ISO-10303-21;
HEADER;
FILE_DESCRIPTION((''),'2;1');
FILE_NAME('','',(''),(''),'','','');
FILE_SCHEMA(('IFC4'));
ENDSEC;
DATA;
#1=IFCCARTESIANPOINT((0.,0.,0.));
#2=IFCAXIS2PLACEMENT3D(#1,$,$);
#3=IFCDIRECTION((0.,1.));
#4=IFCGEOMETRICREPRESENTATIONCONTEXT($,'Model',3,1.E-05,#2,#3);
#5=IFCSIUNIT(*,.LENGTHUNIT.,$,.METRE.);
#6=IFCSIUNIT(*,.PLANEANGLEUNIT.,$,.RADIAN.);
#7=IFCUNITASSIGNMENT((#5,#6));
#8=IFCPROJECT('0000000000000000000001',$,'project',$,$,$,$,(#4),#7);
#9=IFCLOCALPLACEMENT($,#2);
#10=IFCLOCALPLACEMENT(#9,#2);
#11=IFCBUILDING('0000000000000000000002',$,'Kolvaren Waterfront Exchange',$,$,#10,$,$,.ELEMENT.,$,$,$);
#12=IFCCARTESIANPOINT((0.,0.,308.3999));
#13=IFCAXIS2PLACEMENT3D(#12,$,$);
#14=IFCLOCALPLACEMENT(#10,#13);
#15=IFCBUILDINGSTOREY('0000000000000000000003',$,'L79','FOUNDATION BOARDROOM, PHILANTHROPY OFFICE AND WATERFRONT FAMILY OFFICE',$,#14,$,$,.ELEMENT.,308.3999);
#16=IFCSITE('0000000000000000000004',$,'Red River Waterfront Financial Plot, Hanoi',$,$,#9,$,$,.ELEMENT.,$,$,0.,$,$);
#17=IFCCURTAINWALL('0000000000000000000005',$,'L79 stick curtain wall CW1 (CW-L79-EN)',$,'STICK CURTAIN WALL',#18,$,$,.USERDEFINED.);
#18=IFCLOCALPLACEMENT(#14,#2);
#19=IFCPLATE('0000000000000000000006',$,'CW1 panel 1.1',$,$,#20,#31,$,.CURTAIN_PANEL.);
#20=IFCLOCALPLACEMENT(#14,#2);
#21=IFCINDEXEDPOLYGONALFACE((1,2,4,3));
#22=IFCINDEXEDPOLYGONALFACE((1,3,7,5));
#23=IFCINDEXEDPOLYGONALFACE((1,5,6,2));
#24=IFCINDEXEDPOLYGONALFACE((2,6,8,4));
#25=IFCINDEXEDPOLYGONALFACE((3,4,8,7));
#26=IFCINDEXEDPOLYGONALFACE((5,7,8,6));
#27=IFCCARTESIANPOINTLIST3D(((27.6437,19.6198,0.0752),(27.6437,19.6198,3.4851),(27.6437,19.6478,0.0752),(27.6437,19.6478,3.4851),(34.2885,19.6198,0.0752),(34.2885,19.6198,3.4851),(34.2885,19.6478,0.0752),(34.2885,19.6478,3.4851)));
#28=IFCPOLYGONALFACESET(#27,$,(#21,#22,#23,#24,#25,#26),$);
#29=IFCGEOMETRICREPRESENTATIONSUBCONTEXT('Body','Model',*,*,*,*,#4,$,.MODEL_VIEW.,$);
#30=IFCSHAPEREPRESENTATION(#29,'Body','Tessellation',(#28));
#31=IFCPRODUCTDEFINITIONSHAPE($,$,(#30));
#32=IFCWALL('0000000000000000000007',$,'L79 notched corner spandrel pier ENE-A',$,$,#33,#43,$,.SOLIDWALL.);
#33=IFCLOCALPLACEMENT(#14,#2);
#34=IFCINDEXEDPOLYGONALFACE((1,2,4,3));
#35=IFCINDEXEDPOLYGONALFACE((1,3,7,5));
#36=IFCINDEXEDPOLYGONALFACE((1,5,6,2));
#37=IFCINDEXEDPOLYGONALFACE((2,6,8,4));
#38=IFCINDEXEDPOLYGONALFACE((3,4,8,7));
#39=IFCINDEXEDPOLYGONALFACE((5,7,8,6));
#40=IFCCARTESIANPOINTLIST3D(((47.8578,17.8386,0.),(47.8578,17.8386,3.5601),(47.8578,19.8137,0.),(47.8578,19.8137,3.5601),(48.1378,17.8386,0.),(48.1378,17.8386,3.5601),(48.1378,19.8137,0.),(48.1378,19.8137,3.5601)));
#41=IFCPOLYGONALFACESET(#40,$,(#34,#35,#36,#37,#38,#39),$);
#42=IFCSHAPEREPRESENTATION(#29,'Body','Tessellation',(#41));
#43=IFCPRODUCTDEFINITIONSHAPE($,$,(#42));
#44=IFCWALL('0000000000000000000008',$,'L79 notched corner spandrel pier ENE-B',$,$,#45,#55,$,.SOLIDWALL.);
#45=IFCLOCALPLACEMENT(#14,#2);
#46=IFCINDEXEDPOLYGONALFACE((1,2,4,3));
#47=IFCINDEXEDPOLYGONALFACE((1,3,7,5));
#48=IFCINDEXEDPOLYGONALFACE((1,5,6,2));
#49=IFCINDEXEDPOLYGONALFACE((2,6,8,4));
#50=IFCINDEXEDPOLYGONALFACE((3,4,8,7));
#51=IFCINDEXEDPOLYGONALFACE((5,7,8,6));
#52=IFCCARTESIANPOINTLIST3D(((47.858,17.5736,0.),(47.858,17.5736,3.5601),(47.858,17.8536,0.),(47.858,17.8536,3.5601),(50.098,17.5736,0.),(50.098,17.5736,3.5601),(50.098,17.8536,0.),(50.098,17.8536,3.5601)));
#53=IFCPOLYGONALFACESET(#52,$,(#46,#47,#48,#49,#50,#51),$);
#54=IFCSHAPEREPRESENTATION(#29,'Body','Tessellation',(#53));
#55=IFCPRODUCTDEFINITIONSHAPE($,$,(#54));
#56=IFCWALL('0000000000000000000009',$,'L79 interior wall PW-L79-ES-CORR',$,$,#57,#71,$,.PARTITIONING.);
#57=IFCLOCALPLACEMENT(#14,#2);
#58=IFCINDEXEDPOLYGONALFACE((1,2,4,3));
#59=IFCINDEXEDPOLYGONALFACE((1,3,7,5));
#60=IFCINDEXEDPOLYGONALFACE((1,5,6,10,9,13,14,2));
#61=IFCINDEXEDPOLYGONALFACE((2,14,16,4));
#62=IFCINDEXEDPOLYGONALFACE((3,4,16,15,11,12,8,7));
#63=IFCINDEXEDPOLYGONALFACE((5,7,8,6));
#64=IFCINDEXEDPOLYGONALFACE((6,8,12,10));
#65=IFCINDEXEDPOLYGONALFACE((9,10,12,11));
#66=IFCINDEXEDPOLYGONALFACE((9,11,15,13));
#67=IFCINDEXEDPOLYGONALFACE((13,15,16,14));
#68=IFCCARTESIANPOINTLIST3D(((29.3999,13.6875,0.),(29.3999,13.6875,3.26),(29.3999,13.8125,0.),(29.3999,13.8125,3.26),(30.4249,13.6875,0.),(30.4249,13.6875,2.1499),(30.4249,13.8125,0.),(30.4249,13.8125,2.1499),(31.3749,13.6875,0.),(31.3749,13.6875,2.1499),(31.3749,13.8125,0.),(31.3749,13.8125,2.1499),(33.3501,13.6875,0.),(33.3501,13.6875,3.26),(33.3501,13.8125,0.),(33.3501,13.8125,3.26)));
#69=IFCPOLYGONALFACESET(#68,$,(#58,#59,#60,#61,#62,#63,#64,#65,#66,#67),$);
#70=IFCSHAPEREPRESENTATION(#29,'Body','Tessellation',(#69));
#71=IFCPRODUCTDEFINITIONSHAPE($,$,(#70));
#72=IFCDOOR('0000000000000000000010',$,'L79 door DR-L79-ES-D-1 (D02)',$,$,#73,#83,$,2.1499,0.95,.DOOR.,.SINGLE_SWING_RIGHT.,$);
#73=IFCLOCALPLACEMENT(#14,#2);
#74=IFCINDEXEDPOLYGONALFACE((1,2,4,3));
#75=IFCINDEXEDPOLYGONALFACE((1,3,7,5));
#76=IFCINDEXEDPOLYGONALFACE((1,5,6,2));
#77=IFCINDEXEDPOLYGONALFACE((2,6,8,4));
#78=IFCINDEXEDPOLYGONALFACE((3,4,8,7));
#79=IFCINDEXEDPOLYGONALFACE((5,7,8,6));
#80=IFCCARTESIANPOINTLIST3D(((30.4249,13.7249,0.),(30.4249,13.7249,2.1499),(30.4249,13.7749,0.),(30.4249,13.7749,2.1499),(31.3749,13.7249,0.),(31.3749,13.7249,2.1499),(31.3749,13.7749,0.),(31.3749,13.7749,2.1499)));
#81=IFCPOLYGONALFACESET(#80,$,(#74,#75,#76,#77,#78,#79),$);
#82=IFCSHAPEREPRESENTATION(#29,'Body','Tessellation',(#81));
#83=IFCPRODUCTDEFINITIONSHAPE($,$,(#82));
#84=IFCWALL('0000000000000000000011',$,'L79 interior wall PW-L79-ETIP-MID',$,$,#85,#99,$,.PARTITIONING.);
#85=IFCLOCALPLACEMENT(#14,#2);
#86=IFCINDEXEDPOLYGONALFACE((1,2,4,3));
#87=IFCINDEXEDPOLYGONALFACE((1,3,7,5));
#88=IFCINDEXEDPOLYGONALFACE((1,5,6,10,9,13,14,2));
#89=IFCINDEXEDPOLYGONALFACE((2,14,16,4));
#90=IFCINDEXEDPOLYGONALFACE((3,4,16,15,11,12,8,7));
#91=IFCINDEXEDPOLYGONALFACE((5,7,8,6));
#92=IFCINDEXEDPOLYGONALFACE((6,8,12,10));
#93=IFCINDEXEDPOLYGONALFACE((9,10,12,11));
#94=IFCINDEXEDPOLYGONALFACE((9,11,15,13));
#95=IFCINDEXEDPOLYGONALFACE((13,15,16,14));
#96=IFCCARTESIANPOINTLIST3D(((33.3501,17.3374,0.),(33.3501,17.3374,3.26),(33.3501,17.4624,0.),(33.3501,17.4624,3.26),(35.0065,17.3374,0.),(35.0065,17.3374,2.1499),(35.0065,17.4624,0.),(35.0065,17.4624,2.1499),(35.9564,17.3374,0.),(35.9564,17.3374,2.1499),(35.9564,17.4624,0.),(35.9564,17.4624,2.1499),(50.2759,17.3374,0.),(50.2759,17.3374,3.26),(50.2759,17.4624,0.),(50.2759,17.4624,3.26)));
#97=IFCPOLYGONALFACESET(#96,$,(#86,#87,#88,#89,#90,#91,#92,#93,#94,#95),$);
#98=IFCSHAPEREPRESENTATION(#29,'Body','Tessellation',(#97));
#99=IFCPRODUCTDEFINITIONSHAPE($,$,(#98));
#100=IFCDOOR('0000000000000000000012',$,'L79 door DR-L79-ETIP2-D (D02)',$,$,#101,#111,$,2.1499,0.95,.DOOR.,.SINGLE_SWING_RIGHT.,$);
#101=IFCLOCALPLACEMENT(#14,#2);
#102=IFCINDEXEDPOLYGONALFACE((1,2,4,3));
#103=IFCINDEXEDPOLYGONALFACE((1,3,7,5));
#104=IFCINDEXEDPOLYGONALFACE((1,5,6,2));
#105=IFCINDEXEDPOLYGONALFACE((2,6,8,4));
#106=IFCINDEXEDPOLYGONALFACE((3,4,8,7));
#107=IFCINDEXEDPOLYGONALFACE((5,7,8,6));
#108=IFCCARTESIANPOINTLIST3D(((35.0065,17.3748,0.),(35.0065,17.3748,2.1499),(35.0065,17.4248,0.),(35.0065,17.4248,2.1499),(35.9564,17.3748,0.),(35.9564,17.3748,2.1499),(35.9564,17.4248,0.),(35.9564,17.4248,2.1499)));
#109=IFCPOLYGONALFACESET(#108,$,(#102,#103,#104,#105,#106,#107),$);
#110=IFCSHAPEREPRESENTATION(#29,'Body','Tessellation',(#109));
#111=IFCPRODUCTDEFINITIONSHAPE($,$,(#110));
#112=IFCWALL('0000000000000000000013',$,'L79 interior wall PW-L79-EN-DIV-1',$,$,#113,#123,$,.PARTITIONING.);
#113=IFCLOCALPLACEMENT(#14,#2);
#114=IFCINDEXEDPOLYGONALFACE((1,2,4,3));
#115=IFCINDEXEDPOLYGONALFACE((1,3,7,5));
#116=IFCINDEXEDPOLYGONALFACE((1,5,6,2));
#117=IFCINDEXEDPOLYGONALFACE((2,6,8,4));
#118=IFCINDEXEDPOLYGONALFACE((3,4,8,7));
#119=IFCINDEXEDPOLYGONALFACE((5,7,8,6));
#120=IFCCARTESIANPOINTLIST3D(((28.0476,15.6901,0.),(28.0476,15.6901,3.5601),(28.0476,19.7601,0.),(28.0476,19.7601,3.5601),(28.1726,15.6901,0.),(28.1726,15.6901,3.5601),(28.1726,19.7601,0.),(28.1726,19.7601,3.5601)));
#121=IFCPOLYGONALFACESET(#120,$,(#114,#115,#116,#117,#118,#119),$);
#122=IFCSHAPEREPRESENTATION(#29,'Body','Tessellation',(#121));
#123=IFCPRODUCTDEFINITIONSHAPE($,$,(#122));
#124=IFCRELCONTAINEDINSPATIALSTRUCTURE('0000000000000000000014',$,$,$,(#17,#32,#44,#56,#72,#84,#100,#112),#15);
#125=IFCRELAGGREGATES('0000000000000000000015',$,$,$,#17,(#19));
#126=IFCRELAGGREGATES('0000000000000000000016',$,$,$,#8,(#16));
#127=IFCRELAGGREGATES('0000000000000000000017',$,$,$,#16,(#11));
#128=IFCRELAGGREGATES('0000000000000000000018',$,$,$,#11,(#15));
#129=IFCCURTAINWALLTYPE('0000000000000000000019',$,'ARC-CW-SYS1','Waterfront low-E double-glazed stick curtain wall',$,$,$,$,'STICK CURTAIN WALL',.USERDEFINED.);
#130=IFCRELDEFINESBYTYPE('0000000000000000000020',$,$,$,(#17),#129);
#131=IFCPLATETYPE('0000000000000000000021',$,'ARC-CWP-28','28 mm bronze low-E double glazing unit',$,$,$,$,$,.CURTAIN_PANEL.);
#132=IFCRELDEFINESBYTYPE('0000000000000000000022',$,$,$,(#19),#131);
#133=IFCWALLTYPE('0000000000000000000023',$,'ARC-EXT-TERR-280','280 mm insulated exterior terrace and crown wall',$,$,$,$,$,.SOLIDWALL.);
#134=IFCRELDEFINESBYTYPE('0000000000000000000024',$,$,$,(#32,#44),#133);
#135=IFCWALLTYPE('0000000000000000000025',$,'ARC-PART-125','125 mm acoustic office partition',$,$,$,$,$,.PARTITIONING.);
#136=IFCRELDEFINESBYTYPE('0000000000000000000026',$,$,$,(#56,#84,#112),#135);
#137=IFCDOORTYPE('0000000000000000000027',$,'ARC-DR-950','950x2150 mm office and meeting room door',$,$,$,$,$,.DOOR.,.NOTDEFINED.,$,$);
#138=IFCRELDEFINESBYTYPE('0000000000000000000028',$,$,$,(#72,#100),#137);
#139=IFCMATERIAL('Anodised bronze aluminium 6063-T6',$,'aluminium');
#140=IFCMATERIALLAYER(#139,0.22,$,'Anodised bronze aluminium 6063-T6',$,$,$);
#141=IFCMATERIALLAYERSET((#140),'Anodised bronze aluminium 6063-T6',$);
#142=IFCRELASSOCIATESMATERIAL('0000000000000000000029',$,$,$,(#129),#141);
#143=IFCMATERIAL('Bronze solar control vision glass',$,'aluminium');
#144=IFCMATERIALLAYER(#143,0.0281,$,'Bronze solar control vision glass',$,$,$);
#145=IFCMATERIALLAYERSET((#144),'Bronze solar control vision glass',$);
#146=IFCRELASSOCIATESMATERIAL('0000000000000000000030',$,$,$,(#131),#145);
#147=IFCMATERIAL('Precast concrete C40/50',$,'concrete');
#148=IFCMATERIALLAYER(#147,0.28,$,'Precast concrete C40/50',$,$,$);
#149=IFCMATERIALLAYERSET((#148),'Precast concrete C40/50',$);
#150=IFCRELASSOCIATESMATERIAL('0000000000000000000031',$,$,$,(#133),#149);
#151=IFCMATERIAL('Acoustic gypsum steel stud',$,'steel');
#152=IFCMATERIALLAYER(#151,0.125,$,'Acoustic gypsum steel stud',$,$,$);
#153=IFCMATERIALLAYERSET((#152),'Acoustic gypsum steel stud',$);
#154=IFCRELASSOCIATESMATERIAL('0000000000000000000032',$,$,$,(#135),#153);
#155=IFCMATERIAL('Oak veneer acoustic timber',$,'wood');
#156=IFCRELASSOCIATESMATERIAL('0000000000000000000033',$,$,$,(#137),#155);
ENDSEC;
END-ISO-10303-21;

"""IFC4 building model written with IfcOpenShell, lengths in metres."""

from ifc_helpers import new_model, si_unit, direction, frame, frame_2d, origin, origin_with_axes, origin_2d, place, context, subcontext, project, spatial, rectangle, extrude, source, transform, mapped, material, layer, layer_set, type_object, element, fill, aggregate, save


model = new_model("IFC4")

# Units and contexts
model_context = context("Model", 3, precision=1e-05, world=origin(), true_north=direction((0.0, 1.0)))
body_context = subcontext(model_context, "Body", "Model", "MODEL_VIEW")
ifc_project = project(units=[si_unit("LENGTHUNIT", "METRE"), si_unit("PLANEANGLEUNIT", "RADIAN")], contexts=[model_context])

# Site, building, storey
site_placement = place(None, origin())
site = spatial("IfcSite", under=ifc_project, at=site_placement, Name="Red River Waterfront Financial Plot, Hanoi", CompositionType="ELEMENT", RefElevation=0.0)
building_placement = place(site_placement, origin())
building = spatial("IfcBuilding", under=site, at=building_placement, Name="Kolvaren Waterfront Exchange", CompositionType="ELEMENT")
storey_placement = place(building_placement, frame((0.0, 0.0, 308.3999)))
storey = spatial("IfcBuildingStorey", under=building, at=storey_placement, Name="L79", Description="FOUNDATION BOARDROOM, PHILANTHROPY OFFICE AND WATERFRONT FAMILY OFFICE", CompositionType="ELEMENT", Elevation=308.3999)

# Curtain wall, plate
ifc_material_1 = material(Name="Anodised bronze aluminium 6063-T6", Category="aluminium")
ifc_layer_1 = layer(ifc_material_1, 0.22, Name="Anodised bronze aluminium 6063-T6")
ifc_layer_set_1 = layer_set([ifc_layer_1], Name="Anodised bronze aluminium 6063-T6")
curtain_wall_type = type_object("IfcCurtainWallType", Name="ARC-CW-SYS1", Description="Waterfront low-E double-glazed stick curtain wall", ElementType="STICK CURTAIN WALL", PredefinedType="USERDEFINED", material=ifc_layer_set_1)
curtain_wall_placement = place(storey_placement, origin())
curtain_wall = element("IfcCurtainWall", 1, at=curtain_wall_placement, inside=storey, type_object=curtain_wall_type, Name="L79 stick curtain wall CW1 (CW-L79-EN)", ObjectType="STICK CURTAIN WALL", PredefinedType="USERDEFINED")
ifc_material_2 = material(Name="Bronze solar control vision glass", Category="aluminium")
ifc_layer_2 = layer(ifc_material_2, 0.0281, Name="Bronze solar control vision glass")
ifc_layer_set_2 = layer_set([ifc_layer_2], Name="Bronze solar control vision glass")
plate_type = type_object("IfcPlateType", Name="ARC-CWP-28", Description="28 mm bronze low-E double glazing unit", PredefinedType="CURTAIN_PANEL", material=ifc_layer_set_2)
shared_shape_1 = source(origin_with_axes(), body_context, "Body", "SweptSolid", [
    extrude(rectangle(XDim=6.6448, YDim=0.0281, at=origin_2d()), origin(), (0.0, 0.0, 1.0), 3.4099),
])
plate_placement = place(storey_placement, frame((30.9661, 19.6338, 0.0752), z_axis=(0.0, 0.0, 1.0), x_axis=(1.0, 0.0, 0.0)))
plate = element("IfcPlate", 2, at=plate_placement, type_object=plate_type, Name="CW1 panel 1.1", PredefinedType="CURTAIN_PANEL", context=body_context, shape_type="MappedRepresentation", body=[
    mapped(shared_shape_1, transform((0.0, 0.0, 0.0), x_axis=(1.0, 0.0, 0.0), y_axis=(0.0, 1.0, 0.0), z_axis=(0.0, 0.0, 1.0), scale=1.0)),
])
aggregate(curtain_wall, [plate])

# Walls
ifc_material_3 = material(Name="Precast concrete C40/50", Category="concrete")
ifc_layer_3 = layer(ifc_material_3, 0.28, Name="Precast concrete C40/50")
ifc_layer_set_3 = layer_set([ifc_layer_3], Name="Precast concrete C40/50")
wall_type_1 = type_object("IfcWallType", Name="ARC-EXT-TERR-280", Description="280 mm insulated exterior terrace and crown wall", PredefinedType="SOLIDWALL", material=ifc_layer_set_3)
wall_1_placement = place(storey_placement, frame((47.9978, 17.8386, 0.0), z_axis=(0.0, 0.0, 1.0), x_axis=(0.0, 1.0, 0.0)))
element("IfcWall", 3, at=wall_1_placement, inside=storey, type_object=wall_type_1, Name="L79 notched corner spandrel pier ENE-A", PredefinedType="SOLIDWALL", context=body_context, shape_type="SweptSolid", body=[
    extrude(rectangle(XDim=1.9751, YDim=0.28, at=frame_2d((0.9875, 0.0))), origin(), (0.0, 0.0, 1.0), 3.5601),
])
wall_2_placement = place(storey_placement, frame((47.8579, 17.7136, 0.0), z_axis=(0.0, 0.0, 1.0), x_axis=(1.0, 0.0, 0.0)))
element("IfcWall", 4, at=wall_2_placement, inside=storey, type_object=wall_type_1, Name="L79 notched corner spandrel pier ENE-B", PredefinedType="SOLIDWALL", context=body_context, shape_type="SweptSolid", body=[
    extrude(rectangle(XDim=2.24, YDim=0.28, at=frame_2d((1.1201, 0.0))), origin(), (0.0, 0.0, 1.0), 3.5601),
])

# Walls, openings, doors
ifc_material_4 = material(Name="Acoustic gypsum steel stud", Category="steel")
ifc_layer_4 = layer(ifc_material_4, 0.125, Name="Acoustic gypsum steel stud")
ifc_layer_set_4 = layer_set([ifc_layer_4], Name="Acoustic gypsum steel stud")
wall_type_2 = type_object("IfcWallType", Name="ARC-PART-125", Description="125 mm acoustic office partition", PredefinedType="PARTITIONING", material=ifc_layer_set_4)
wall_3_placement = place(storey_placement, frame((29.3999, 13.75, 0.0), z_axis=(0.0, 0.0, 1.0), x_axis=(1.0, 0.0, 0.0)))
wall_3 = element("IfcWall", 5, at=wall_3_placement, inside=storey, type_object=wall_type_2, Name="L79 interior wall PW-L79-ES-CORR", PredefinedType="PARTITIONING", context=body_context, shape_type="SweptSolid", body=[
    extrude(rectangle(XDim=3.9502, YDim=0.125, at=frame_2d((1.9751, 0.0))), origin(), (0.0, 0.0, 1.0), 3.26),
])
opening_1_placement = place(wall_3_placement, frame((1.0249, 0.0, 0.0)))
opening_1 = element("IfcOpeningElement", 6, at=opening_1_placement, cuts=wall_3, PredefinedType="OPENING", context=body_context, shape_type="SweptSolid", body=[
    extrude(rectangle(XDim=0.95, YDim=2.1499, at=frame_2d((0.4751, 1.075))), frame((0.0, 0.0725, 0.0), z_axis=(0.0, -1.0, 0.0), x_axis=(1.0, 0.0, 0.0)), (0.0, 0.0, 1.0), 0.145),
])
ifc_material_5 = material(Name="Oak veneer acoustic timber", Category="wood")
door_type = type_object("IfcDoorType", Name="ARC-DR-950", Description="950x2150 mm office and meeting room door", OperationType="NOTDEFINED", PredefinedType="DOOR", material=ifc_material_5)
door_1_placement = place(opening_1_placement, origin())
door_1 = element("IfcDoor", 7, at=door_1_placement, inside=storey, type_object=door_type, Name="L79 door DR-L79-ES-D-1 (D02)", OperationType="SINGLE_SWING_RIGHT", OverallHeight=2.1499, OverallWidth=0.95, PredefinedType="DOOR", context=body_context, shape_type="SweptSolid", body=[
    extrude(rectangle(XDim=0.95, YDim=2.1499, at=frame_2d((0.4751, 1.075))), frame((0.0, 0.0249, 0.0), z_axis=(0.0, -1.0, 0.0), x_axis=(1.0, 0.0, 0.0)), (0.0, 0.0, 1.0), 0.05),
])
fill(opening_1, door_1)
wall_4_placement = place(storey_placement, frame((33.3501, 17.3999, 0.0), z_axis=(0.0, 0.0, 1.0), x_axis=(1.0, 0.0, 0.0)))
wall_4 = element("IfcWall", 8, at=wall_4_placement, inside=storey, type_object=wall_type_2, Name="L79 interior wall PW-L79-ETIP-MID", PredefinedType="PARTITIONING", context=body_context, shape_type="SweptSolid", body=[
    extrude(rectangle(XDim=16.9258, YDim=0.125, at=frame_2d((8.4629, 0.0))), origin(), (0.0, 0.0, 1.0), 3.26),
])
opening_2_placement = place(wall_4_placement, frame((1.6562, 0.0, 0.0)))
opening_2 = element("IfcOpeningElement", 9, at=opening_2_placement, cuts=wall_4, PredefinedType="OPENING", context=body_context, shape_type="SweptSolid", body=[
    extrude(rectangle(XDim=0.95, YDim=2.1499, at=frame_2d((0.4751, 1.075))), frame((0.0, 0.0725, 0.0), z_axis=(0.0, -1.0, 0.0), x_axis=(1.0, 0.0, 0.0)), (0.0, 0.0, 1.0), 0.145),
])
door_2_placement = place(opening_2_placement, origin())
door_2 = element("IfcDoor", 10, at=door_2_placement, inside=storey, type_object=door_type, Name="L79 door DR-L79-ETIP2-D (D02)", OperationType="SINGLE_SWING_RIGHT", OverallHeight=2.1499, OverallWidth=0.95, PredefinedType="DOOR", context=body_context, shape_type="SweptSolid", body=[
    extrude(rectangle(XDim=0.95, YDim=2.1499, at=frame_2d((0.4751, 1.075))), frame((0.0, 0.0249, 0.0), z_axis=(0.0, -1.0, 0.0), x_axis=(1.0, 0.0, 0.0)), (0.0, 0.0, 1.0), 0.05),
])
fill(opening_2, door_2)

# Wall
wall_5_placement = place(storey_placement, frame((28.1101, 15.6899, 0.0), z_axis=(0.0, 0.0, 1.0), x_axis=(0.0, 1.0, 0.0)))
element("IfcWall", 11, at=wall_5_placement, inside=storey, type_object=wall_type_2, Name="L79 interior wall PW-L79-EN-DIV-1", PredefinedType="PARTITIONING", context=body_context, shape_type="SweptSolid", body=[
    extrude(rectangle(XDim=4.0701, YDim=0.125, at=frame_2d((2.0352, 0.0))), origin(), (0.0, 0.0, 1.0), 3.5601),
])

save(model, "model.ifc")
